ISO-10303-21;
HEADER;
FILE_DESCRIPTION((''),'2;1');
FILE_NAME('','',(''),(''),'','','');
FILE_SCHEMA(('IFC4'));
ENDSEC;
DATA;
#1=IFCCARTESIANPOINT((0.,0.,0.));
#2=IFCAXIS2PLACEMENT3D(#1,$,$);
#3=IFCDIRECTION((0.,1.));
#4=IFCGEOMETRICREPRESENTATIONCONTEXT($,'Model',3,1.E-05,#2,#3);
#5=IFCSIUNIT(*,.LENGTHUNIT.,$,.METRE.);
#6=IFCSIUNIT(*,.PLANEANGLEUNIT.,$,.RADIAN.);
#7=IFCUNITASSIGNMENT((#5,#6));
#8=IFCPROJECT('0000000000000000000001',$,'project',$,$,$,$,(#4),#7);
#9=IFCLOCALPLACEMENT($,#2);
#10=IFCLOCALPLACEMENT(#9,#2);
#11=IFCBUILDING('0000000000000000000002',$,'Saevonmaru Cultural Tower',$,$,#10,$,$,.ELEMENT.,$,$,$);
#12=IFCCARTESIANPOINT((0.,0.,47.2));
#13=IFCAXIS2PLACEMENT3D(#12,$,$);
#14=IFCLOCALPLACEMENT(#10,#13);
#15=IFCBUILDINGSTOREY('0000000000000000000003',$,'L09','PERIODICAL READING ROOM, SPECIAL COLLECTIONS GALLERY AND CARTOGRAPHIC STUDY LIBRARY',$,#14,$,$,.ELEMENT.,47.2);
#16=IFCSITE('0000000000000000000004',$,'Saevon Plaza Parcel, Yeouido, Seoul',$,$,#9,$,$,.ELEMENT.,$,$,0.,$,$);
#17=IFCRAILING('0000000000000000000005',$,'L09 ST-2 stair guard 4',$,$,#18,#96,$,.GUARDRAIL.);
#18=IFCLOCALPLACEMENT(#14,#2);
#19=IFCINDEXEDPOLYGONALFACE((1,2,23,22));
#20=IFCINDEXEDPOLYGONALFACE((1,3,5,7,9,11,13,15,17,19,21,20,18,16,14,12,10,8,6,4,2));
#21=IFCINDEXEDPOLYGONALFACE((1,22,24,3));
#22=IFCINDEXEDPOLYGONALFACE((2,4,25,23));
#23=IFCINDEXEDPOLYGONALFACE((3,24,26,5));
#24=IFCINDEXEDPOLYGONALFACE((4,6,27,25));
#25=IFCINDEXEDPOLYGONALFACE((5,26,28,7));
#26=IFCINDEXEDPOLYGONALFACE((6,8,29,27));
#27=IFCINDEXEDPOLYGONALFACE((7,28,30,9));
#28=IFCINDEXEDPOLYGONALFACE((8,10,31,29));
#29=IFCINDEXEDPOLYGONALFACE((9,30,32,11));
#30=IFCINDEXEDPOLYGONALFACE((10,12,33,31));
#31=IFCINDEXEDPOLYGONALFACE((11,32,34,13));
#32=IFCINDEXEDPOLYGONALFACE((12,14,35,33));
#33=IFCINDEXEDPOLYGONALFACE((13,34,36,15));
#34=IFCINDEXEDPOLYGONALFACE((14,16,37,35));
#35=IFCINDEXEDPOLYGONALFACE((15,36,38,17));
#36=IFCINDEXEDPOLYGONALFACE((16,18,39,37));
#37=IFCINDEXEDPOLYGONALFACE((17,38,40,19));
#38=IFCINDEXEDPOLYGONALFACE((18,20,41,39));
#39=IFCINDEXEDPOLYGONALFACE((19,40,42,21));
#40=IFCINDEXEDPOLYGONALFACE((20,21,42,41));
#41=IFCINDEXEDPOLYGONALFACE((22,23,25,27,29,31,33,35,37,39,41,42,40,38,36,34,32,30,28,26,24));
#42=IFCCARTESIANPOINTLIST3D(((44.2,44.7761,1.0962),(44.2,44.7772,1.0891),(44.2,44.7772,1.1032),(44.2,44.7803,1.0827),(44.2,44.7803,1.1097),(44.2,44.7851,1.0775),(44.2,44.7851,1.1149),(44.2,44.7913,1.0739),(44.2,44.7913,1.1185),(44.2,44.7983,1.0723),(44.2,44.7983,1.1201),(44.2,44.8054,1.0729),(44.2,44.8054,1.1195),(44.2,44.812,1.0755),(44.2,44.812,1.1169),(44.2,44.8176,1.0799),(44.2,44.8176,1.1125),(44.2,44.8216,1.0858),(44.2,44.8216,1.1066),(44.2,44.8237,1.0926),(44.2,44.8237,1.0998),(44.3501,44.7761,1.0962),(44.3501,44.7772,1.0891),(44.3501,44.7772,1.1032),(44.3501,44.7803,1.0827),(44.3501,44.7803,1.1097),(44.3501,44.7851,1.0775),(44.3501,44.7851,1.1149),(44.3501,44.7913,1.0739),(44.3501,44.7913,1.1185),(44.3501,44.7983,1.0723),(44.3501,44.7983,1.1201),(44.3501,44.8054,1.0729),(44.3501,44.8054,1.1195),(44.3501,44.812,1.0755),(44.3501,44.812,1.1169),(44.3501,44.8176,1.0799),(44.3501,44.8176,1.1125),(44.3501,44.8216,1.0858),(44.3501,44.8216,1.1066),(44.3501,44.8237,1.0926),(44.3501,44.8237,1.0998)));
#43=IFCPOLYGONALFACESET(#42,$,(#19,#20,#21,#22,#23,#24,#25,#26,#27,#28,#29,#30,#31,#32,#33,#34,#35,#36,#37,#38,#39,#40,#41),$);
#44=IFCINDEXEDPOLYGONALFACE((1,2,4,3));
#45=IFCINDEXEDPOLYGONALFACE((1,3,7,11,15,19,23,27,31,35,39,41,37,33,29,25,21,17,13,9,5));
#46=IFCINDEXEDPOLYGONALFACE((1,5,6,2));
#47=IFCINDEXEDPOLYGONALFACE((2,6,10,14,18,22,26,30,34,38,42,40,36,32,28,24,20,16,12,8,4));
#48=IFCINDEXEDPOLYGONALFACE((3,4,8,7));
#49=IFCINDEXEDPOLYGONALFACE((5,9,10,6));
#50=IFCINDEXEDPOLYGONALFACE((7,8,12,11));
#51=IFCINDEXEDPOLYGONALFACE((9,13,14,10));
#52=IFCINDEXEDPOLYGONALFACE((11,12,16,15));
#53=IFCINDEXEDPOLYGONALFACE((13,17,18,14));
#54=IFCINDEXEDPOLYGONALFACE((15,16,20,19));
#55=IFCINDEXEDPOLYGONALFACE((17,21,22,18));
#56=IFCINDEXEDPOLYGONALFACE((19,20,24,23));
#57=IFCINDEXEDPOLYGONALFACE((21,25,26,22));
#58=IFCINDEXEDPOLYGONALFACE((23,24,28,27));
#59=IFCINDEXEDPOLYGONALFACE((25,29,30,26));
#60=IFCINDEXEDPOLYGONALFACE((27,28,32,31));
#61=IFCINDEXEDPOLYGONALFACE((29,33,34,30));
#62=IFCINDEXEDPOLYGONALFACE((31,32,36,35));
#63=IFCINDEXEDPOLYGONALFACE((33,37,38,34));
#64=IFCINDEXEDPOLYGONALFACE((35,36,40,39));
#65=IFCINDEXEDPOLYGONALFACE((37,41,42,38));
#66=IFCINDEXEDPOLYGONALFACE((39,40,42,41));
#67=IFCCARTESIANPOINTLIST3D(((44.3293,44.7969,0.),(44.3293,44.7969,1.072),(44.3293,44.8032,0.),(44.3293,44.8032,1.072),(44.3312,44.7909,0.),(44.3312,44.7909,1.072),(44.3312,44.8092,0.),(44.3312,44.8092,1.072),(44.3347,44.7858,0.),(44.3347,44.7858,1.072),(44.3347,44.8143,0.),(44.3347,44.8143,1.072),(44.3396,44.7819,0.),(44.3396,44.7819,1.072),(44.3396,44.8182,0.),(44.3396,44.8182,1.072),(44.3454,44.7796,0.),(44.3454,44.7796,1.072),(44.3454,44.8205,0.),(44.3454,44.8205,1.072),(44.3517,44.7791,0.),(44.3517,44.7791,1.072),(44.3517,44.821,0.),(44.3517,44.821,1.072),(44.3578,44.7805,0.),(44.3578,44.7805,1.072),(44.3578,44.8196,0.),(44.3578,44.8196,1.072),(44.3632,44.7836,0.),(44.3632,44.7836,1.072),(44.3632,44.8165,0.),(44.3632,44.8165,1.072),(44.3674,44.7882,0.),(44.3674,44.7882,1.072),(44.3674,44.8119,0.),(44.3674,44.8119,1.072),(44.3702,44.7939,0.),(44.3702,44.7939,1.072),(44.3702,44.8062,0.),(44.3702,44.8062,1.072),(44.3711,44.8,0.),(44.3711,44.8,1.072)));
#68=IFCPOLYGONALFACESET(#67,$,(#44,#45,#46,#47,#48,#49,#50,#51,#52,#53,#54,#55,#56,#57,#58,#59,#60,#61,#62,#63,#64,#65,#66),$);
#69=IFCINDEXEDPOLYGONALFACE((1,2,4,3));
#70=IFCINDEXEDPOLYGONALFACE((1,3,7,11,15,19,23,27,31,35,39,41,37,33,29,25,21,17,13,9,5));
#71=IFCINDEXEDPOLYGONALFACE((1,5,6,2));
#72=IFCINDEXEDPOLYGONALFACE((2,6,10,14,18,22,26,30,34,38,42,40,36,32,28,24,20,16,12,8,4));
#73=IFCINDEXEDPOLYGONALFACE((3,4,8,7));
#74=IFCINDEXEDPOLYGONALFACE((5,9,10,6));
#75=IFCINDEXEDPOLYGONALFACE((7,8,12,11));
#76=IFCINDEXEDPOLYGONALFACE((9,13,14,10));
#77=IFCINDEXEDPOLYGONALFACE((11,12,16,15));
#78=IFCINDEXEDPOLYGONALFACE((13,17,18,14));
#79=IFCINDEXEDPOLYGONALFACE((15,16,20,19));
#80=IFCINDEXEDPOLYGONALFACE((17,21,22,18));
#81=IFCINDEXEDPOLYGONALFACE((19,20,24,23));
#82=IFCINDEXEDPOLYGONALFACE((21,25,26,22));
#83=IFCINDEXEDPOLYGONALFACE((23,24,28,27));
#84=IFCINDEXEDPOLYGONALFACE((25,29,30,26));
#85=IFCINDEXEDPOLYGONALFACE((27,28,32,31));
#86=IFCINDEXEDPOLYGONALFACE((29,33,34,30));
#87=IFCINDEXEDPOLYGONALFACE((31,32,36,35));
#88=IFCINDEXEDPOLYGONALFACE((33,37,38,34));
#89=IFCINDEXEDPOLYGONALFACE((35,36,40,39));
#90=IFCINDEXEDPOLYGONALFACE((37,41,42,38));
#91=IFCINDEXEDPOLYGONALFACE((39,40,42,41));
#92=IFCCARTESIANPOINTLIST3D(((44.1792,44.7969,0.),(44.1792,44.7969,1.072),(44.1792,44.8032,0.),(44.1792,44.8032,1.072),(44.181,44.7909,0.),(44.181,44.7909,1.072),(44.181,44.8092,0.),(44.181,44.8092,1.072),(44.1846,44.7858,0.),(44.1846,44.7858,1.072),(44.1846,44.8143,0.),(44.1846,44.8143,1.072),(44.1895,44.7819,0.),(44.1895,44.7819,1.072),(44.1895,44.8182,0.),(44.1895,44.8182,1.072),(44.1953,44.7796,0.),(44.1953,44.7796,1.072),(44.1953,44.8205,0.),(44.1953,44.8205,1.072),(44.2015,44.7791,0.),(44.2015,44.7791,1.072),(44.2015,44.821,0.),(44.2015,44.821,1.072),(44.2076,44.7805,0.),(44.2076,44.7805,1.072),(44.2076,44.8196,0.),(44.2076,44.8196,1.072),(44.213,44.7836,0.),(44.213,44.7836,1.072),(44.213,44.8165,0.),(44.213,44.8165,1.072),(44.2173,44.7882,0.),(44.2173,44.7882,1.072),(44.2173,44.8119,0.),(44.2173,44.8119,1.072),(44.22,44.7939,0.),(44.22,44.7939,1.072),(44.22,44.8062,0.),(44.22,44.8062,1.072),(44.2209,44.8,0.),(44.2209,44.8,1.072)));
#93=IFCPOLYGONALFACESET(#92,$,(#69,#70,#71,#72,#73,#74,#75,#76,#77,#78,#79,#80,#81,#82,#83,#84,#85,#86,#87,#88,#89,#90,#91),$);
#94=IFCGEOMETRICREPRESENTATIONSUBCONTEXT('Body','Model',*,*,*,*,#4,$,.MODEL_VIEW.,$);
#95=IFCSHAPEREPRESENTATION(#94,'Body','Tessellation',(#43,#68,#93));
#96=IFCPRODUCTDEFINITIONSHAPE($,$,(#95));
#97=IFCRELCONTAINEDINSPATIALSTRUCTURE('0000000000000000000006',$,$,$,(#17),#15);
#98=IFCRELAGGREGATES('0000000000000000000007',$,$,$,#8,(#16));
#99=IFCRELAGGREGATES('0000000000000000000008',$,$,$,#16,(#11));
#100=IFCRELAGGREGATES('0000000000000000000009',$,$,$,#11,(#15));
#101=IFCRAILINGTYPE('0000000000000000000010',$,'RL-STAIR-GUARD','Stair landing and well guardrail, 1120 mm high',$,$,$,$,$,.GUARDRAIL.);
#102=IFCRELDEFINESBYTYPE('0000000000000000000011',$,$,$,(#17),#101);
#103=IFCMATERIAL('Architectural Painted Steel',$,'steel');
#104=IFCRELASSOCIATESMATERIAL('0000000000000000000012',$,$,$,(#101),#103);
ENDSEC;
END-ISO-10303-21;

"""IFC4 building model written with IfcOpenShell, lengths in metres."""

from ifc_helpers import new_model, si_unit, direction, frame, origin, origin_2d, place, context, subcontext, project, spatial, circle, extrude, material, type_object, element, save


model = new_model("IFC4")

# Units and contexts
model_context = context("Model", 3, precision=1e-05, world=origin(), true_north=direction((0.0, 1.0)))
body_context = subcontext(model_context, "Body", "Model", "MODEL_VIEW")
ifc_project = project(units=[si_unit("LENGTHUNIT", "METRE"), si_unit("PLANEANGLEUNIT", "RADIAN")], contexts=[model_context])

# Site, building, storey
site_placement = place(None, origin())
site = spatial("IfcSite", under=ifc_project, at=site_placement, Name="Saevon Plaza Parcel, Yeouido, Seoul", CompositionType="ELEMENT", RefElevation=0.0)
building_placement = place(site_placement, origin())
building = spatial("IfcBuilding", under=site, at=building_placement, Name="Saevonmaru Cultural Tower", CompositionType="ELEMENT")
storey_placement = place(building_placement, frame((0.0, 0.0, 47.2)))
storey = spatial("IfcBuildingStorey", under=building, at=storey_placement, Name="L09", Description="PERIODICAL READING ROOM, SPECIAL COLLECTIONS GALLERY AND CARTOGRAPHIC STUDY LIBRARY", CompositionType="ELEMENT", Elevation=47.2)

# Railing
ifc_material_1 = material(Name="Architectural Painted Steel", Category="steel")
railing_type_1 = type_object("IfcRailingType", Name="RL-STAIR-GUARD", Description="Stair landing and well guardrail, 1120 mm high", PredefinedType="GUARDRAIL", material=ifc_material_1)
railing_1_placement = place(storey_placement, frame((44.3501, 44.8, 0.0)))
element("IfcRailing", 1, at=railing_1_placement, inside=storey, type_object=railing_type_1, Name="L09 ST-2 stair guard 4", PredefinedType="GUARDRAIL", context=body_context, shape_type="SweptSolid", body=[
    extrude(circle(Radius=0.0239, at=origin_2d()), frame((0.0, 0.0, 1.0962), z_axis=(-1.0, 0.0, 0.0), x_axis=(0.0, -1.0, 0.0)), (0.0, 0.0, 1.0), 0.1501),
    extrude(circle(Radius=0.021, at=origin_2d()), origin(), (0.0, 0.0, 1.0), 1.072),
    extrude(circle(Radius=0.021, at=origin_2d()), frame((-0.1501, 0.0, 0.0)), (0.0, 0.0, 1.0), 1.072),
])

save(model, "model.ifc")
